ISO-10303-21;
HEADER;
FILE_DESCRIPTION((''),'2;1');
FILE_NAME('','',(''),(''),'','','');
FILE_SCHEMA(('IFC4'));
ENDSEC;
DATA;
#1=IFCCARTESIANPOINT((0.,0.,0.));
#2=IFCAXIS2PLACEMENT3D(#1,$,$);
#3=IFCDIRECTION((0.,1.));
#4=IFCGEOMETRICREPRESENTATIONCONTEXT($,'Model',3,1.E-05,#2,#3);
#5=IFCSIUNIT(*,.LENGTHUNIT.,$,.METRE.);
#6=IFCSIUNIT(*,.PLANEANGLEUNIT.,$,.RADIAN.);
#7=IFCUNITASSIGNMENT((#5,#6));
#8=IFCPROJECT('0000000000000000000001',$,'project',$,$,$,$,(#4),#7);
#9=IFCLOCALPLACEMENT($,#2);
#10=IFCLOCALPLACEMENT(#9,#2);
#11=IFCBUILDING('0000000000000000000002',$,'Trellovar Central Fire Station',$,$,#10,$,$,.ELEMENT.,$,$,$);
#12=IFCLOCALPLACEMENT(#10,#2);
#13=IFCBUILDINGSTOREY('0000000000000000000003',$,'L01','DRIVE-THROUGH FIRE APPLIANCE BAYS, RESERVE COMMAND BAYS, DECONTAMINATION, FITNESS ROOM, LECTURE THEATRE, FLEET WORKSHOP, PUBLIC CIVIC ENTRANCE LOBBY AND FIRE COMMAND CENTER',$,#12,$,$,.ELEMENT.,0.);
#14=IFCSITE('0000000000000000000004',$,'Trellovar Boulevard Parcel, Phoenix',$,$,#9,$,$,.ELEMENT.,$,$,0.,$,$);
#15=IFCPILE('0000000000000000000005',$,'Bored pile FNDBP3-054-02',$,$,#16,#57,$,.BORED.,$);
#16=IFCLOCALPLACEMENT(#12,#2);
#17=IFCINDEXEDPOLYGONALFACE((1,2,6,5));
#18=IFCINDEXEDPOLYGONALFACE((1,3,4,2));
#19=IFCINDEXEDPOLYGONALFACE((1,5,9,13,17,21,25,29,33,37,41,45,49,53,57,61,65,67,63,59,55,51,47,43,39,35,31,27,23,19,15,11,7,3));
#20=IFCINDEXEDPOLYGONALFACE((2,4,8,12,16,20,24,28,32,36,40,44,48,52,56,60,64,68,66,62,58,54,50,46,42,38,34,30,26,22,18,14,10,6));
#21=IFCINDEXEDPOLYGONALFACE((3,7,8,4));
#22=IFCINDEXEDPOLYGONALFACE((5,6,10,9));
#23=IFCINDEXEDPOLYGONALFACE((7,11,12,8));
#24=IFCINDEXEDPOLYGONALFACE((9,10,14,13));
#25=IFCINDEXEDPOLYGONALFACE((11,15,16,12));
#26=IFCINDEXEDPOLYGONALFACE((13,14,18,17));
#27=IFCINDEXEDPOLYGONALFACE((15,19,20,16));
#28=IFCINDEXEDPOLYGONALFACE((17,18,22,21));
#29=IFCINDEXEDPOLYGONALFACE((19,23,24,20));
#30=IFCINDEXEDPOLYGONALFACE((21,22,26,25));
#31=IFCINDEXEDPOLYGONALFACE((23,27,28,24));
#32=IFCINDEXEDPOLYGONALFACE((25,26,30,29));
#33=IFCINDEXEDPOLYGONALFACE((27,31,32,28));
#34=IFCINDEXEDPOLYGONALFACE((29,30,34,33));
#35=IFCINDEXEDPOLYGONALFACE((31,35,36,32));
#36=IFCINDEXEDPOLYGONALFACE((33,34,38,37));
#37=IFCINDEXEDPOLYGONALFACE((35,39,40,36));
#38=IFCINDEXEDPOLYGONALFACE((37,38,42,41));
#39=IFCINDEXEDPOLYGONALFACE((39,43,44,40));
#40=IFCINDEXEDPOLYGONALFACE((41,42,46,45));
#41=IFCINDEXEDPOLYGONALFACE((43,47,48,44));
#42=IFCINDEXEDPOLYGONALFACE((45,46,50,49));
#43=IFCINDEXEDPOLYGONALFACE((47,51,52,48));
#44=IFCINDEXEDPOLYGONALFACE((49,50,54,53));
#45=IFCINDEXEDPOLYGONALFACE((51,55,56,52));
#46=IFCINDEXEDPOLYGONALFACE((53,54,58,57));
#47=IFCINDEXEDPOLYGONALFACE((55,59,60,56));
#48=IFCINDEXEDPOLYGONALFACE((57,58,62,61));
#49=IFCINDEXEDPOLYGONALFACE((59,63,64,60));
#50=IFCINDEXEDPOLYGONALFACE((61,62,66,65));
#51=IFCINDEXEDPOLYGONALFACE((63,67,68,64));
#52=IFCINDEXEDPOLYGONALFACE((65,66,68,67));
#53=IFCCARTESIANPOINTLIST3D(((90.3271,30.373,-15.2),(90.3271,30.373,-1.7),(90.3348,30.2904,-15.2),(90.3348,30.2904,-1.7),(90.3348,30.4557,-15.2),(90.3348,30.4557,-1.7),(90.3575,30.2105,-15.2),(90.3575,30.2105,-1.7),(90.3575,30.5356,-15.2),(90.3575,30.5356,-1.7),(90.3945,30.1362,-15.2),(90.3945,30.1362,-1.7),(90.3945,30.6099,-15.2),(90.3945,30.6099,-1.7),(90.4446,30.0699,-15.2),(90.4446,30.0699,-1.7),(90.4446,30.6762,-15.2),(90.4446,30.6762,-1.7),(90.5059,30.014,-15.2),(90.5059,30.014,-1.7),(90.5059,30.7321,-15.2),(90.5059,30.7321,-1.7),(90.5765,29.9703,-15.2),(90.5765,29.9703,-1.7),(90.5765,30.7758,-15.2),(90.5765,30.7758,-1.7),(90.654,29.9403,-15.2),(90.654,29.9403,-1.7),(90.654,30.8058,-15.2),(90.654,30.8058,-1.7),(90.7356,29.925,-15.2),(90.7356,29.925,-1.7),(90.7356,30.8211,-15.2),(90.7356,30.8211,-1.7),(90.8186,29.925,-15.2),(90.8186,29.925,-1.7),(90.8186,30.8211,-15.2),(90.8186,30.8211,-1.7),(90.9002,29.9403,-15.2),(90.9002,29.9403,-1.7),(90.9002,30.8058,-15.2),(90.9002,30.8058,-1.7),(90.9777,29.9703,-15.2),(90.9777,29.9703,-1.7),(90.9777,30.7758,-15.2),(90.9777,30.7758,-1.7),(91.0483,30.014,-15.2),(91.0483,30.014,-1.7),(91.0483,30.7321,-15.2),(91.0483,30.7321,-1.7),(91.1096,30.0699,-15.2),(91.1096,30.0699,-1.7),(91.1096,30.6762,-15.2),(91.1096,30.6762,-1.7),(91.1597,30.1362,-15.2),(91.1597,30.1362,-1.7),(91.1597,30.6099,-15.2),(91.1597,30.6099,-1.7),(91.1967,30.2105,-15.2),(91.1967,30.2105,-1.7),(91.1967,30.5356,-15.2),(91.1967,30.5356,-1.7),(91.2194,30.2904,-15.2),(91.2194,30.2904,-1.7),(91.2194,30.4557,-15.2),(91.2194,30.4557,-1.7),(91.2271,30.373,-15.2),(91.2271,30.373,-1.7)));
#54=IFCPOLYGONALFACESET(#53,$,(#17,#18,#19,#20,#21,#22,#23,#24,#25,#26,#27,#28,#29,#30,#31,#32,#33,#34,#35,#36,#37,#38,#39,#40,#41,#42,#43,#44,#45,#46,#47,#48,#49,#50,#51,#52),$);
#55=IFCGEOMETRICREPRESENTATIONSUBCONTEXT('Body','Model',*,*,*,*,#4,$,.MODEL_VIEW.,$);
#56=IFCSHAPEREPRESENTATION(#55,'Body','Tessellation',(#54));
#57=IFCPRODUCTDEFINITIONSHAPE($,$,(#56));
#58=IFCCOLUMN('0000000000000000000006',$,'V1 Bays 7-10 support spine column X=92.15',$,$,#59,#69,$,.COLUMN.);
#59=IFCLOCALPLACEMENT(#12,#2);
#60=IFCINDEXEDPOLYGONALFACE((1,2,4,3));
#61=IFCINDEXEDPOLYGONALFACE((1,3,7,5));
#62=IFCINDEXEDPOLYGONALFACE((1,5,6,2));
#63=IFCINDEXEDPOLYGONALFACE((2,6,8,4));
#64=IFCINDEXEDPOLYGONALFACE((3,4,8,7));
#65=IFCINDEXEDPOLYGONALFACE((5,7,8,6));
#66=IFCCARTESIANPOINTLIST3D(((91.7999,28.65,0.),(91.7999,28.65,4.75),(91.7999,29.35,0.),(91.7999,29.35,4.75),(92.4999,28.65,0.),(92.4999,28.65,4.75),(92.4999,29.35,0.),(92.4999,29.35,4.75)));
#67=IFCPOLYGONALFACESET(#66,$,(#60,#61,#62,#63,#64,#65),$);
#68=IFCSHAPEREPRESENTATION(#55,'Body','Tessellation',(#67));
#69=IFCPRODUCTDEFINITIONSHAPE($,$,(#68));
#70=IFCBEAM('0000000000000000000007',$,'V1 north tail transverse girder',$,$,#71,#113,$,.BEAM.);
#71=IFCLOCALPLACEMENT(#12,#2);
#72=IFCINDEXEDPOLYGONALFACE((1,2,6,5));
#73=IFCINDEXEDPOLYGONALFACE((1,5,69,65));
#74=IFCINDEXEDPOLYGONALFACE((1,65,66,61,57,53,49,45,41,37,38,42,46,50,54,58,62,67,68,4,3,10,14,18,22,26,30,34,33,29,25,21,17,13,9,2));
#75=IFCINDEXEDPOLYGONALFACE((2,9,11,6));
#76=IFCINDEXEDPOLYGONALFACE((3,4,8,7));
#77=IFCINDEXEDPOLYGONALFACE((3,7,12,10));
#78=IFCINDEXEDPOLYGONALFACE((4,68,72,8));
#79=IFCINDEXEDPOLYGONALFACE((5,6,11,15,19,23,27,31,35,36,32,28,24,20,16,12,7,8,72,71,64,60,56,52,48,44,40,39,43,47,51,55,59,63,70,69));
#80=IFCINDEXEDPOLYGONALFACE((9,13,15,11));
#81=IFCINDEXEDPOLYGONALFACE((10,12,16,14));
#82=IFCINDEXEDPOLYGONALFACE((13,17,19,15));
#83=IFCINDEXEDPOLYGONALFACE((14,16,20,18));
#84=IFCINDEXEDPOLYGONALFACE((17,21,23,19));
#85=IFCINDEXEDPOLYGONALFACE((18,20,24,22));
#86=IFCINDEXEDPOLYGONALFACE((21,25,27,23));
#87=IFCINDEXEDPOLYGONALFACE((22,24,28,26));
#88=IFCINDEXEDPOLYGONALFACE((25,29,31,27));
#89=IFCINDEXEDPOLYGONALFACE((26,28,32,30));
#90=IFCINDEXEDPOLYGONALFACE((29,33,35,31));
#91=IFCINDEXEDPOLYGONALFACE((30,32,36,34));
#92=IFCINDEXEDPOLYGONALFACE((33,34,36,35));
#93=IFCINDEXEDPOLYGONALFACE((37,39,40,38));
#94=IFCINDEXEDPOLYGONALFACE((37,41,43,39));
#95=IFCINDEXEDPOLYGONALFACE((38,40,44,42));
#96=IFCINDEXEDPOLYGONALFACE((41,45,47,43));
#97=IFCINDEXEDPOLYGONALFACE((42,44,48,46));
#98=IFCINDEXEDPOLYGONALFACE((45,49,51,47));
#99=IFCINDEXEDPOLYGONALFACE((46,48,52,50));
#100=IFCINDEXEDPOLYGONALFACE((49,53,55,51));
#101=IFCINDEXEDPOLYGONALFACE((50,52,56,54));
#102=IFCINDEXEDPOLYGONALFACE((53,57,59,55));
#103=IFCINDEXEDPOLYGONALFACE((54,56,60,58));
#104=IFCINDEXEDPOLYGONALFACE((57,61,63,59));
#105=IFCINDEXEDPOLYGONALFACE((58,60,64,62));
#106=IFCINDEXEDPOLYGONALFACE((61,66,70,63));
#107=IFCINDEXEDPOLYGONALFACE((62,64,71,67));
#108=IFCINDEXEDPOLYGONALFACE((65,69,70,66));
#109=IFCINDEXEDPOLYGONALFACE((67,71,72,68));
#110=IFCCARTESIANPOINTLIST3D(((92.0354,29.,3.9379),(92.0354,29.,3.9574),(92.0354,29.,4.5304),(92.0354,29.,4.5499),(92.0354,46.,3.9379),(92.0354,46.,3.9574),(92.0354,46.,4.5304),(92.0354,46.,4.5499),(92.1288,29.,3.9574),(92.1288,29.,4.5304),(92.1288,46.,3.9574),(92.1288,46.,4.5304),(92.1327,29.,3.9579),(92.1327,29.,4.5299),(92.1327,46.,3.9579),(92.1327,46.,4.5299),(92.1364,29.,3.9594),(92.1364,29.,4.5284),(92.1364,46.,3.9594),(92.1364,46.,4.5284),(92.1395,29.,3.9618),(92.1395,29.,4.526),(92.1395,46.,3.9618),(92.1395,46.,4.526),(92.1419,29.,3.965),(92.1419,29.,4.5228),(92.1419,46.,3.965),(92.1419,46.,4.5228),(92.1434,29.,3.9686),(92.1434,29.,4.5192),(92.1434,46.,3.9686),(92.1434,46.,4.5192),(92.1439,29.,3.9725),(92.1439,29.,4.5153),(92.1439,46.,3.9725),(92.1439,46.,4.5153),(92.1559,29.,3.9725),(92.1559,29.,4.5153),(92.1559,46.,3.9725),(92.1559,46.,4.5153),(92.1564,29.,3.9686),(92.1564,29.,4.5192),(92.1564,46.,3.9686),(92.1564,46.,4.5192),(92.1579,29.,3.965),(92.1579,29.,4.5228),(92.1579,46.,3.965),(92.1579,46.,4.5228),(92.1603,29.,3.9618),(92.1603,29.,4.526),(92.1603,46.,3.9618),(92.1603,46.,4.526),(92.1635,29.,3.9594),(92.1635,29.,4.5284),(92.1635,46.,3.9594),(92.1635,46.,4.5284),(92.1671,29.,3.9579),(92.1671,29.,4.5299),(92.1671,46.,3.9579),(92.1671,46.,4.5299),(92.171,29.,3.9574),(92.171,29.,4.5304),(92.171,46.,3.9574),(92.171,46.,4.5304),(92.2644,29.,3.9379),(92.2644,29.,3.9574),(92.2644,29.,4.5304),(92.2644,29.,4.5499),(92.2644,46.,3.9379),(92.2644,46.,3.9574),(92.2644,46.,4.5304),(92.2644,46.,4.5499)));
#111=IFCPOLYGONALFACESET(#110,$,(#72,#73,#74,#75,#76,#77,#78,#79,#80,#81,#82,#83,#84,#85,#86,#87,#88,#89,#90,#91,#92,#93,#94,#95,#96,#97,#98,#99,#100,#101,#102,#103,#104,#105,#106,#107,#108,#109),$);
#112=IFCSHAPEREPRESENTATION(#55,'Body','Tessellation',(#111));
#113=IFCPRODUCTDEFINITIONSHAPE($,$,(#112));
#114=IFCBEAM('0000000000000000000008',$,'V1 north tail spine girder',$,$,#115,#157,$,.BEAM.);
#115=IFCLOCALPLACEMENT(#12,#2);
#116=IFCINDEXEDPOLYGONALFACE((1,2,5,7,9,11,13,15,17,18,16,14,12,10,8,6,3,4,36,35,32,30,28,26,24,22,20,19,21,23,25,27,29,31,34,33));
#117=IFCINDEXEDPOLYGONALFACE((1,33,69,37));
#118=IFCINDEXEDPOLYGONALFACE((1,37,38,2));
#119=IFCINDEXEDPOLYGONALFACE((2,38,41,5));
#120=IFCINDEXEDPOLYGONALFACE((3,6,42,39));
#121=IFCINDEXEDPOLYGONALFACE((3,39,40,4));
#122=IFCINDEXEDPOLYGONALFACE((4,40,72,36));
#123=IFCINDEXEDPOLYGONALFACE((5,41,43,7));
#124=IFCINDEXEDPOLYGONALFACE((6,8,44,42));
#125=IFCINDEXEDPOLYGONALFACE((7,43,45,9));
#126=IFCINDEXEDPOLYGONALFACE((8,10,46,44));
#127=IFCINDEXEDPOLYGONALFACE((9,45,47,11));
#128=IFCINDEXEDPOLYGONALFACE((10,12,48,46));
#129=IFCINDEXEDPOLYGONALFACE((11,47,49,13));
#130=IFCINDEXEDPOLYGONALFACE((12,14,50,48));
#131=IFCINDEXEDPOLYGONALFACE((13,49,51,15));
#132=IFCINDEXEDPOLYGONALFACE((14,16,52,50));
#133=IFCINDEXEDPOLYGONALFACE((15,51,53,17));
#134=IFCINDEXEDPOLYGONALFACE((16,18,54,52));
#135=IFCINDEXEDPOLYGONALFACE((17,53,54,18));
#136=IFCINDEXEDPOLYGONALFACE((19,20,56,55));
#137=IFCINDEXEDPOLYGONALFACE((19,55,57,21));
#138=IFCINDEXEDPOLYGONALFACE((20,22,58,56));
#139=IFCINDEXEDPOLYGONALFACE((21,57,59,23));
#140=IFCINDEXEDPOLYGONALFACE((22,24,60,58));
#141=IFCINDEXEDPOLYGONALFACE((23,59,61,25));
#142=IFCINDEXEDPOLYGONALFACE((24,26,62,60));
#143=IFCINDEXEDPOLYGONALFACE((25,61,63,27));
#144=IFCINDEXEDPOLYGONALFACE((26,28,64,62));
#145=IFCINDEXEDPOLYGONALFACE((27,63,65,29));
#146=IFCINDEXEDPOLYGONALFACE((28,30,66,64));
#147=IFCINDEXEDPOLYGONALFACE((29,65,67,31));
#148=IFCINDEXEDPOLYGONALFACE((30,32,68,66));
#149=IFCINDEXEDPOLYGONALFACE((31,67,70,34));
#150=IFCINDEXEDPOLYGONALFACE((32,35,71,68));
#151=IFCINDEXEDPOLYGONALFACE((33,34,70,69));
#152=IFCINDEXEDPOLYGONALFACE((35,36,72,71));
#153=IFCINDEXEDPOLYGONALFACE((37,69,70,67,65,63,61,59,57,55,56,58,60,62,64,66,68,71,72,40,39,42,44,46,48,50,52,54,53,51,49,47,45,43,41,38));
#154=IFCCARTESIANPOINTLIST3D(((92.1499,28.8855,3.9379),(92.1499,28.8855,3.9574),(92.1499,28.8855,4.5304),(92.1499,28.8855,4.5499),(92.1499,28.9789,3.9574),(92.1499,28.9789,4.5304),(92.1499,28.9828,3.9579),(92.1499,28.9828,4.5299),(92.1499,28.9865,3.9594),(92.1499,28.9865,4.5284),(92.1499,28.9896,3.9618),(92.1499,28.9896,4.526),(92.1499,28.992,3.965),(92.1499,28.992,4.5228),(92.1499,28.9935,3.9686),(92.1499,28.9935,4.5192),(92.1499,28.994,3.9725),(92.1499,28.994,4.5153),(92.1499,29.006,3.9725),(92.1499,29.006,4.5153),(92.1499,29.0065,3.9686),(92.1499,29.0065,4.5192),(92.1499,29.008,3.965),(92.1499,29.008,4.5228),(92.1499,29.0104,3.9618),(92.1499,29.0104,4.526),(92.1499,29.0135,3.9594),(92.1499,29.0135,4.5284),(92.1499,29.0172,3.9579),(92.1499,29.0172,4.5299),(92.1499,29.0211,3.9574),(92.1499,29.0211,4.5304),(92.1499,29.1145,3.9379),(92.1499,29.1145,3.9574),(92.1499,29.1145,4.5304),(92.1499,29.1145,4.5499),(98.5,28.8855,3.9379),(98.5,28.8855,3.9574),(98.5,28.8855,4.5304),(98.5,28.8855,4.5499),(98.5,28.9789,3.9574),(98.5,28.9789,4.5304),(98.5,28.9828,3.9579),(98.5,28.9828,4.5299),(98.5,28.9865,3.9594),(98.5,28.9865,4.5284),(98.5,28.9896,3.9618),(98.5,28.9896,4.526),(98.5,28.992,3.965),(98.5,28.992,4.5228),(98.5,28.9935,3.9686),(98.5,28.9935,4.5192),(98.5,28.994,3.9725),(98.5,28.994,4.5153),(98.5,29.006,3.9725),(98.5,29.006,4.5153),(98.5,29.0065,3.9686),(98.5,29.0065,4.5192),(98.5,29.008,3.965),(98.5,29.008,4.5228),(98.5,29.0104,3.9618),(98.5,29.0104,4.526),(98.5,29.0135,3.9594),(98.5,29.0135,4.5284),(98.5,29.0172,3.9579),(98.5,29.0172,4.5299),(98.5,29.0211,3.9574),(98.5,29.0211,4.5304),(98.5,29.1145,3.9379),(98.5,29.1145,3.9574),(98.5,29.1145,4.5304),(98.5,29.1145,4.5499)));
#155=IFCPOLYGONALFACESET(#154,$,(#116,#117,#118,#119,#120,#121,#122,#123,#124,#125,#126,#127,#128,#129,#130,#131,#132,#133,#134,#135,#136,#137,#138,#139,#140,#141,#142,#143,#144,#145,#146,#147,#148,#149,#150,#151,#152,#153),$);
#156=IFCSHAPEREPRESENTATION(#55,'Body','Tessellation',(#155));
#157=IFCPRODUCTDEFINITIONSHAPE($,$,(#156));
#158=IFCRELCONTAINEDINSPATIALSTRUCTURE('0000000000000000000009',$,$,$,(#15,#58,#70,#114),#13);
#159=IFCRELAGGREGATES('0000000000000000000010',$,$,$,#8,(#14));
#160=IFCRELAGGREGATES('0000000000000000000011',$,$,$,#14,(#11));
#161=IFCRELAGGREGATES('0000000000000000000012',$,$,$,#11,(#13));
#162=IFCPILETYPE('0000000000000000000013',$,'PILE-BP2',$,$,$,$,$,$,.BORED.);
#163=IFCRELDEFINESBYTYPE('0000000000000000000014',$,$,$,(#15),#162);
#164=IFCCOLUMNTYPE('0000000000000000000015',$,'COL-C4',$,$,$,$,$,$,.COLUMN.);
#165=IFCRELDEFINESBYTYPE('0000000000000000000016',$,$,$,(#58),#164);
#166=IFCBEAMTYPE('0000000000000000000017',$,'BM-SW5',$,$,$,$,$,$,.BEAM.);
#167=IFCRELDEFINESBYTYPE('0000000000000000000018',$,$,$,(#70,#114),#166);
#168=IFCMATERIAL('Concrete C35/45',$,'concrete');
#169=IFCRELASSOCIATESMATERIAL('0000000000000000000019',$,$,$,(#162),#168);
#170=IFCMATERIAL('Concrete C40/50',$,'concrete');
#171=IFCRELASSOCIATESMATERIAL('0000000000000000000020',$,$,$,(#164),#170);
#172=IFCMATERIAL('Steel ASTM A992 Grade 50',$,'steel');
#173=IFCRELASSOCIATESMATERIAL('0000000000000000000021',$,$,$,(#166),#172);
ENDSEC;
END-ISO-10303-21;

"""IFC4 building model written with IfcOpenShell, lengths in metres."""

from ifc_helpers import new_model, si_unit, direction, frame, origin, origin_2d, place, context, subcontext, project, spatial, rectangle, circle, i_section, extrude, material, material_profile, profile_set, type_object, element, save


model = new_model("IFC4")

# Units and contexts
model_context = context("Model", 3, precision=1e-05, world=origin(), true_north=direction((0.0, 1.0)))
body_context = subcontext(model_context, "Body", "Model", "MODEL_VIEW")
ifc_project = project(units=[si_unit("LENGTHUNIT", "METRE"), si_unit("PLANEANGLEUNIT", "RADIAN")], contexts=[model_context])

# Site, building, storey
site_placement = place(None, origin())
site = spatial("IfcSite", under=ifc_project, at=site_placement, Name="Trellovar Boulevard Parcel, Phoenix", CompositionType="ELEMENT", RefElevation=0.0)
building_placement = place(site_placement, origin())
building = spatial("IfcBuilding", under=site, at=building_placement, Name="Trellovar Central Fire Station", CompositionType="ELEMENT")
storey_placement = place(building_placement, origin())
storey = spatial("IfcBuildingStorey", under=building, at=storey_placement, Name="L01", Description="DRIVE-THROUGH FIRE APPLIANCE BAYS, RESERVE COMMAND BAYS, DECONTAMINATION, FITNESS ROOM, LECTURE THEATRE, FLEET WORKSHOP, PUBLIC CIVIC ENTRANCE LOBBY AND FIRE COMMAND CENTER", CompositionType="ELEMENT", Elevation=0.0)

# Pile
ifc_material_1 = material(Name="Concrete C35/45", Category="concrete")
ifc_material_profile_1 = material_profile(ifc_material_1, circle(Radius=0.45, at=origin_2d()), Name="PILE900")
ifc_profile_set_1 = profile_set([ifc_material_profile_1], Name="Concrete C35/45")
pile_type = type_object("IfcPileType", Name="PILE-BP2", PredefinedType="BORED", material=ifc_profile_set_1)
for number, where, z_axis, x_axis, name in (
    (1, (90.7771, 30.373, -1.7), (0.0, 0.0, -1.0), (1.0, 0.0, 0.0), "Bored pile FNDBP3-054-02"),
):
    element("IfcPile", number, at=place(storey_placement, frame(where, z_axis=z_axis, x_axis=x_axis)), inside=storey, type_object=pile_type, Name=name, PredefinedType="BORED", context=body_context, shape_type="SweptSolid", body=[
        extrude(circle(Radius=0.45, at=origin_2d()), origin(), (0.0, 0.0, 1.0), 13.5),
    ])

# Column
ifc_material_2 = material(Name="Concrete C40/50", Category="concrete")
ifc_material_profile_2 = material_profile(ifc_material_2, rectangle(XDim=0.7, YDim=0.7, at=origin_2d()), Name="RC700X700")
ifc_profile_set_2 = profile_set([ifc_material_profile_2], Name="Concrete C40/50")
column_type = type_object("IfcColumnType", Name="COL-C4", PredefinedType="COLUMN", material=ifc_profile_set_2)
column_placement = place(storey_placement, frame((92.1499, 29.0, 0.0), z_axis=(0.0, 0.0, 1.0), x_axis=(1.0, 0.0, 0.0)))
element("IfcColumn", 2, at=column_placement, inside=storey, type_object=column_type, Name="V1 Bays 7-10 support spine column X=92.15", PredefinedType="COLUMN", context=body_context, shape_type="SweptSolid", body=[
    extrude(rectangle(XDim=0.7, YDim=0.7, at=origin_2d()), origin(), (0.0, 0.0, 1.0), 4.75),
])

# Beams
ifc_material_3 = material(Name="Steel ASTM A992 Grade 50", Category="steel")
ifc_material_profile_3 = material_profile(ifc_material_3, i_section(OverallWidth=0.229, OverallDepth=0.6121, WebThickness=0.012, FlangeThickness=0.0195, FilletRadius=0.0151, at=origin_2d()), Name="W24X84")
ifc_profile_set_3 = profile_set([ifc_material_profile_3], Name="Steel ASTM A992 Grade 50")
beam_type_1 = type_object("IfcBeamType", Name="BM-SW5", PredefinedType="BEAM", material=ifc_profile_set_3)
beam_1_placement = place(storey_placement, frame((92.1499, 29.0, 4.2439), z_axis=(0.0, 1.0, 0.0), x_axis=(-1.0, 0.0, 0.0)))
element("IfcBeam", 3, at=beam_1_placement, inside=storey, type_object=beam_type_1, Name="V1 north tail transverse girder", PredefinedType="BEAM", context=body_context, shape_type="SweptSolid", body=[
    extrude(i_section(OverallWidth=0.229, OverallDepth=0.6121, WebThickness=0.012, FlangeThickness=0.0195, FilletRadius=0.0151, at=origin_2d()), origin(), (0.0, 0.0, 1.0), 17.0),
])
beam_2_placement = place(storey_placement, frame((92.1499, 29.0, 4.2439), z_axis=(1.0, 0.0, 0.0), x_axis=(0.0, 1.0, 0.0)))
element("IfcBeam", 4, at=beam_2_placement, inside=storey, type_object=beam_type_1, Name="V1 north tail spine girder", PredefinedType="BEAM", context=body_context, shape_type="SweptSolid", body=[
    extrude(i_section(OverallWidth=0.229, OverallDepth=0.6121, WebThickness=0.012, FlangeThickness=0.0195, FilletRadius=0.0151, at=origin_2d()), origin(), (0.0, 0.0, 1.0), 6.3501),
])

save(model, "model.ifc")
